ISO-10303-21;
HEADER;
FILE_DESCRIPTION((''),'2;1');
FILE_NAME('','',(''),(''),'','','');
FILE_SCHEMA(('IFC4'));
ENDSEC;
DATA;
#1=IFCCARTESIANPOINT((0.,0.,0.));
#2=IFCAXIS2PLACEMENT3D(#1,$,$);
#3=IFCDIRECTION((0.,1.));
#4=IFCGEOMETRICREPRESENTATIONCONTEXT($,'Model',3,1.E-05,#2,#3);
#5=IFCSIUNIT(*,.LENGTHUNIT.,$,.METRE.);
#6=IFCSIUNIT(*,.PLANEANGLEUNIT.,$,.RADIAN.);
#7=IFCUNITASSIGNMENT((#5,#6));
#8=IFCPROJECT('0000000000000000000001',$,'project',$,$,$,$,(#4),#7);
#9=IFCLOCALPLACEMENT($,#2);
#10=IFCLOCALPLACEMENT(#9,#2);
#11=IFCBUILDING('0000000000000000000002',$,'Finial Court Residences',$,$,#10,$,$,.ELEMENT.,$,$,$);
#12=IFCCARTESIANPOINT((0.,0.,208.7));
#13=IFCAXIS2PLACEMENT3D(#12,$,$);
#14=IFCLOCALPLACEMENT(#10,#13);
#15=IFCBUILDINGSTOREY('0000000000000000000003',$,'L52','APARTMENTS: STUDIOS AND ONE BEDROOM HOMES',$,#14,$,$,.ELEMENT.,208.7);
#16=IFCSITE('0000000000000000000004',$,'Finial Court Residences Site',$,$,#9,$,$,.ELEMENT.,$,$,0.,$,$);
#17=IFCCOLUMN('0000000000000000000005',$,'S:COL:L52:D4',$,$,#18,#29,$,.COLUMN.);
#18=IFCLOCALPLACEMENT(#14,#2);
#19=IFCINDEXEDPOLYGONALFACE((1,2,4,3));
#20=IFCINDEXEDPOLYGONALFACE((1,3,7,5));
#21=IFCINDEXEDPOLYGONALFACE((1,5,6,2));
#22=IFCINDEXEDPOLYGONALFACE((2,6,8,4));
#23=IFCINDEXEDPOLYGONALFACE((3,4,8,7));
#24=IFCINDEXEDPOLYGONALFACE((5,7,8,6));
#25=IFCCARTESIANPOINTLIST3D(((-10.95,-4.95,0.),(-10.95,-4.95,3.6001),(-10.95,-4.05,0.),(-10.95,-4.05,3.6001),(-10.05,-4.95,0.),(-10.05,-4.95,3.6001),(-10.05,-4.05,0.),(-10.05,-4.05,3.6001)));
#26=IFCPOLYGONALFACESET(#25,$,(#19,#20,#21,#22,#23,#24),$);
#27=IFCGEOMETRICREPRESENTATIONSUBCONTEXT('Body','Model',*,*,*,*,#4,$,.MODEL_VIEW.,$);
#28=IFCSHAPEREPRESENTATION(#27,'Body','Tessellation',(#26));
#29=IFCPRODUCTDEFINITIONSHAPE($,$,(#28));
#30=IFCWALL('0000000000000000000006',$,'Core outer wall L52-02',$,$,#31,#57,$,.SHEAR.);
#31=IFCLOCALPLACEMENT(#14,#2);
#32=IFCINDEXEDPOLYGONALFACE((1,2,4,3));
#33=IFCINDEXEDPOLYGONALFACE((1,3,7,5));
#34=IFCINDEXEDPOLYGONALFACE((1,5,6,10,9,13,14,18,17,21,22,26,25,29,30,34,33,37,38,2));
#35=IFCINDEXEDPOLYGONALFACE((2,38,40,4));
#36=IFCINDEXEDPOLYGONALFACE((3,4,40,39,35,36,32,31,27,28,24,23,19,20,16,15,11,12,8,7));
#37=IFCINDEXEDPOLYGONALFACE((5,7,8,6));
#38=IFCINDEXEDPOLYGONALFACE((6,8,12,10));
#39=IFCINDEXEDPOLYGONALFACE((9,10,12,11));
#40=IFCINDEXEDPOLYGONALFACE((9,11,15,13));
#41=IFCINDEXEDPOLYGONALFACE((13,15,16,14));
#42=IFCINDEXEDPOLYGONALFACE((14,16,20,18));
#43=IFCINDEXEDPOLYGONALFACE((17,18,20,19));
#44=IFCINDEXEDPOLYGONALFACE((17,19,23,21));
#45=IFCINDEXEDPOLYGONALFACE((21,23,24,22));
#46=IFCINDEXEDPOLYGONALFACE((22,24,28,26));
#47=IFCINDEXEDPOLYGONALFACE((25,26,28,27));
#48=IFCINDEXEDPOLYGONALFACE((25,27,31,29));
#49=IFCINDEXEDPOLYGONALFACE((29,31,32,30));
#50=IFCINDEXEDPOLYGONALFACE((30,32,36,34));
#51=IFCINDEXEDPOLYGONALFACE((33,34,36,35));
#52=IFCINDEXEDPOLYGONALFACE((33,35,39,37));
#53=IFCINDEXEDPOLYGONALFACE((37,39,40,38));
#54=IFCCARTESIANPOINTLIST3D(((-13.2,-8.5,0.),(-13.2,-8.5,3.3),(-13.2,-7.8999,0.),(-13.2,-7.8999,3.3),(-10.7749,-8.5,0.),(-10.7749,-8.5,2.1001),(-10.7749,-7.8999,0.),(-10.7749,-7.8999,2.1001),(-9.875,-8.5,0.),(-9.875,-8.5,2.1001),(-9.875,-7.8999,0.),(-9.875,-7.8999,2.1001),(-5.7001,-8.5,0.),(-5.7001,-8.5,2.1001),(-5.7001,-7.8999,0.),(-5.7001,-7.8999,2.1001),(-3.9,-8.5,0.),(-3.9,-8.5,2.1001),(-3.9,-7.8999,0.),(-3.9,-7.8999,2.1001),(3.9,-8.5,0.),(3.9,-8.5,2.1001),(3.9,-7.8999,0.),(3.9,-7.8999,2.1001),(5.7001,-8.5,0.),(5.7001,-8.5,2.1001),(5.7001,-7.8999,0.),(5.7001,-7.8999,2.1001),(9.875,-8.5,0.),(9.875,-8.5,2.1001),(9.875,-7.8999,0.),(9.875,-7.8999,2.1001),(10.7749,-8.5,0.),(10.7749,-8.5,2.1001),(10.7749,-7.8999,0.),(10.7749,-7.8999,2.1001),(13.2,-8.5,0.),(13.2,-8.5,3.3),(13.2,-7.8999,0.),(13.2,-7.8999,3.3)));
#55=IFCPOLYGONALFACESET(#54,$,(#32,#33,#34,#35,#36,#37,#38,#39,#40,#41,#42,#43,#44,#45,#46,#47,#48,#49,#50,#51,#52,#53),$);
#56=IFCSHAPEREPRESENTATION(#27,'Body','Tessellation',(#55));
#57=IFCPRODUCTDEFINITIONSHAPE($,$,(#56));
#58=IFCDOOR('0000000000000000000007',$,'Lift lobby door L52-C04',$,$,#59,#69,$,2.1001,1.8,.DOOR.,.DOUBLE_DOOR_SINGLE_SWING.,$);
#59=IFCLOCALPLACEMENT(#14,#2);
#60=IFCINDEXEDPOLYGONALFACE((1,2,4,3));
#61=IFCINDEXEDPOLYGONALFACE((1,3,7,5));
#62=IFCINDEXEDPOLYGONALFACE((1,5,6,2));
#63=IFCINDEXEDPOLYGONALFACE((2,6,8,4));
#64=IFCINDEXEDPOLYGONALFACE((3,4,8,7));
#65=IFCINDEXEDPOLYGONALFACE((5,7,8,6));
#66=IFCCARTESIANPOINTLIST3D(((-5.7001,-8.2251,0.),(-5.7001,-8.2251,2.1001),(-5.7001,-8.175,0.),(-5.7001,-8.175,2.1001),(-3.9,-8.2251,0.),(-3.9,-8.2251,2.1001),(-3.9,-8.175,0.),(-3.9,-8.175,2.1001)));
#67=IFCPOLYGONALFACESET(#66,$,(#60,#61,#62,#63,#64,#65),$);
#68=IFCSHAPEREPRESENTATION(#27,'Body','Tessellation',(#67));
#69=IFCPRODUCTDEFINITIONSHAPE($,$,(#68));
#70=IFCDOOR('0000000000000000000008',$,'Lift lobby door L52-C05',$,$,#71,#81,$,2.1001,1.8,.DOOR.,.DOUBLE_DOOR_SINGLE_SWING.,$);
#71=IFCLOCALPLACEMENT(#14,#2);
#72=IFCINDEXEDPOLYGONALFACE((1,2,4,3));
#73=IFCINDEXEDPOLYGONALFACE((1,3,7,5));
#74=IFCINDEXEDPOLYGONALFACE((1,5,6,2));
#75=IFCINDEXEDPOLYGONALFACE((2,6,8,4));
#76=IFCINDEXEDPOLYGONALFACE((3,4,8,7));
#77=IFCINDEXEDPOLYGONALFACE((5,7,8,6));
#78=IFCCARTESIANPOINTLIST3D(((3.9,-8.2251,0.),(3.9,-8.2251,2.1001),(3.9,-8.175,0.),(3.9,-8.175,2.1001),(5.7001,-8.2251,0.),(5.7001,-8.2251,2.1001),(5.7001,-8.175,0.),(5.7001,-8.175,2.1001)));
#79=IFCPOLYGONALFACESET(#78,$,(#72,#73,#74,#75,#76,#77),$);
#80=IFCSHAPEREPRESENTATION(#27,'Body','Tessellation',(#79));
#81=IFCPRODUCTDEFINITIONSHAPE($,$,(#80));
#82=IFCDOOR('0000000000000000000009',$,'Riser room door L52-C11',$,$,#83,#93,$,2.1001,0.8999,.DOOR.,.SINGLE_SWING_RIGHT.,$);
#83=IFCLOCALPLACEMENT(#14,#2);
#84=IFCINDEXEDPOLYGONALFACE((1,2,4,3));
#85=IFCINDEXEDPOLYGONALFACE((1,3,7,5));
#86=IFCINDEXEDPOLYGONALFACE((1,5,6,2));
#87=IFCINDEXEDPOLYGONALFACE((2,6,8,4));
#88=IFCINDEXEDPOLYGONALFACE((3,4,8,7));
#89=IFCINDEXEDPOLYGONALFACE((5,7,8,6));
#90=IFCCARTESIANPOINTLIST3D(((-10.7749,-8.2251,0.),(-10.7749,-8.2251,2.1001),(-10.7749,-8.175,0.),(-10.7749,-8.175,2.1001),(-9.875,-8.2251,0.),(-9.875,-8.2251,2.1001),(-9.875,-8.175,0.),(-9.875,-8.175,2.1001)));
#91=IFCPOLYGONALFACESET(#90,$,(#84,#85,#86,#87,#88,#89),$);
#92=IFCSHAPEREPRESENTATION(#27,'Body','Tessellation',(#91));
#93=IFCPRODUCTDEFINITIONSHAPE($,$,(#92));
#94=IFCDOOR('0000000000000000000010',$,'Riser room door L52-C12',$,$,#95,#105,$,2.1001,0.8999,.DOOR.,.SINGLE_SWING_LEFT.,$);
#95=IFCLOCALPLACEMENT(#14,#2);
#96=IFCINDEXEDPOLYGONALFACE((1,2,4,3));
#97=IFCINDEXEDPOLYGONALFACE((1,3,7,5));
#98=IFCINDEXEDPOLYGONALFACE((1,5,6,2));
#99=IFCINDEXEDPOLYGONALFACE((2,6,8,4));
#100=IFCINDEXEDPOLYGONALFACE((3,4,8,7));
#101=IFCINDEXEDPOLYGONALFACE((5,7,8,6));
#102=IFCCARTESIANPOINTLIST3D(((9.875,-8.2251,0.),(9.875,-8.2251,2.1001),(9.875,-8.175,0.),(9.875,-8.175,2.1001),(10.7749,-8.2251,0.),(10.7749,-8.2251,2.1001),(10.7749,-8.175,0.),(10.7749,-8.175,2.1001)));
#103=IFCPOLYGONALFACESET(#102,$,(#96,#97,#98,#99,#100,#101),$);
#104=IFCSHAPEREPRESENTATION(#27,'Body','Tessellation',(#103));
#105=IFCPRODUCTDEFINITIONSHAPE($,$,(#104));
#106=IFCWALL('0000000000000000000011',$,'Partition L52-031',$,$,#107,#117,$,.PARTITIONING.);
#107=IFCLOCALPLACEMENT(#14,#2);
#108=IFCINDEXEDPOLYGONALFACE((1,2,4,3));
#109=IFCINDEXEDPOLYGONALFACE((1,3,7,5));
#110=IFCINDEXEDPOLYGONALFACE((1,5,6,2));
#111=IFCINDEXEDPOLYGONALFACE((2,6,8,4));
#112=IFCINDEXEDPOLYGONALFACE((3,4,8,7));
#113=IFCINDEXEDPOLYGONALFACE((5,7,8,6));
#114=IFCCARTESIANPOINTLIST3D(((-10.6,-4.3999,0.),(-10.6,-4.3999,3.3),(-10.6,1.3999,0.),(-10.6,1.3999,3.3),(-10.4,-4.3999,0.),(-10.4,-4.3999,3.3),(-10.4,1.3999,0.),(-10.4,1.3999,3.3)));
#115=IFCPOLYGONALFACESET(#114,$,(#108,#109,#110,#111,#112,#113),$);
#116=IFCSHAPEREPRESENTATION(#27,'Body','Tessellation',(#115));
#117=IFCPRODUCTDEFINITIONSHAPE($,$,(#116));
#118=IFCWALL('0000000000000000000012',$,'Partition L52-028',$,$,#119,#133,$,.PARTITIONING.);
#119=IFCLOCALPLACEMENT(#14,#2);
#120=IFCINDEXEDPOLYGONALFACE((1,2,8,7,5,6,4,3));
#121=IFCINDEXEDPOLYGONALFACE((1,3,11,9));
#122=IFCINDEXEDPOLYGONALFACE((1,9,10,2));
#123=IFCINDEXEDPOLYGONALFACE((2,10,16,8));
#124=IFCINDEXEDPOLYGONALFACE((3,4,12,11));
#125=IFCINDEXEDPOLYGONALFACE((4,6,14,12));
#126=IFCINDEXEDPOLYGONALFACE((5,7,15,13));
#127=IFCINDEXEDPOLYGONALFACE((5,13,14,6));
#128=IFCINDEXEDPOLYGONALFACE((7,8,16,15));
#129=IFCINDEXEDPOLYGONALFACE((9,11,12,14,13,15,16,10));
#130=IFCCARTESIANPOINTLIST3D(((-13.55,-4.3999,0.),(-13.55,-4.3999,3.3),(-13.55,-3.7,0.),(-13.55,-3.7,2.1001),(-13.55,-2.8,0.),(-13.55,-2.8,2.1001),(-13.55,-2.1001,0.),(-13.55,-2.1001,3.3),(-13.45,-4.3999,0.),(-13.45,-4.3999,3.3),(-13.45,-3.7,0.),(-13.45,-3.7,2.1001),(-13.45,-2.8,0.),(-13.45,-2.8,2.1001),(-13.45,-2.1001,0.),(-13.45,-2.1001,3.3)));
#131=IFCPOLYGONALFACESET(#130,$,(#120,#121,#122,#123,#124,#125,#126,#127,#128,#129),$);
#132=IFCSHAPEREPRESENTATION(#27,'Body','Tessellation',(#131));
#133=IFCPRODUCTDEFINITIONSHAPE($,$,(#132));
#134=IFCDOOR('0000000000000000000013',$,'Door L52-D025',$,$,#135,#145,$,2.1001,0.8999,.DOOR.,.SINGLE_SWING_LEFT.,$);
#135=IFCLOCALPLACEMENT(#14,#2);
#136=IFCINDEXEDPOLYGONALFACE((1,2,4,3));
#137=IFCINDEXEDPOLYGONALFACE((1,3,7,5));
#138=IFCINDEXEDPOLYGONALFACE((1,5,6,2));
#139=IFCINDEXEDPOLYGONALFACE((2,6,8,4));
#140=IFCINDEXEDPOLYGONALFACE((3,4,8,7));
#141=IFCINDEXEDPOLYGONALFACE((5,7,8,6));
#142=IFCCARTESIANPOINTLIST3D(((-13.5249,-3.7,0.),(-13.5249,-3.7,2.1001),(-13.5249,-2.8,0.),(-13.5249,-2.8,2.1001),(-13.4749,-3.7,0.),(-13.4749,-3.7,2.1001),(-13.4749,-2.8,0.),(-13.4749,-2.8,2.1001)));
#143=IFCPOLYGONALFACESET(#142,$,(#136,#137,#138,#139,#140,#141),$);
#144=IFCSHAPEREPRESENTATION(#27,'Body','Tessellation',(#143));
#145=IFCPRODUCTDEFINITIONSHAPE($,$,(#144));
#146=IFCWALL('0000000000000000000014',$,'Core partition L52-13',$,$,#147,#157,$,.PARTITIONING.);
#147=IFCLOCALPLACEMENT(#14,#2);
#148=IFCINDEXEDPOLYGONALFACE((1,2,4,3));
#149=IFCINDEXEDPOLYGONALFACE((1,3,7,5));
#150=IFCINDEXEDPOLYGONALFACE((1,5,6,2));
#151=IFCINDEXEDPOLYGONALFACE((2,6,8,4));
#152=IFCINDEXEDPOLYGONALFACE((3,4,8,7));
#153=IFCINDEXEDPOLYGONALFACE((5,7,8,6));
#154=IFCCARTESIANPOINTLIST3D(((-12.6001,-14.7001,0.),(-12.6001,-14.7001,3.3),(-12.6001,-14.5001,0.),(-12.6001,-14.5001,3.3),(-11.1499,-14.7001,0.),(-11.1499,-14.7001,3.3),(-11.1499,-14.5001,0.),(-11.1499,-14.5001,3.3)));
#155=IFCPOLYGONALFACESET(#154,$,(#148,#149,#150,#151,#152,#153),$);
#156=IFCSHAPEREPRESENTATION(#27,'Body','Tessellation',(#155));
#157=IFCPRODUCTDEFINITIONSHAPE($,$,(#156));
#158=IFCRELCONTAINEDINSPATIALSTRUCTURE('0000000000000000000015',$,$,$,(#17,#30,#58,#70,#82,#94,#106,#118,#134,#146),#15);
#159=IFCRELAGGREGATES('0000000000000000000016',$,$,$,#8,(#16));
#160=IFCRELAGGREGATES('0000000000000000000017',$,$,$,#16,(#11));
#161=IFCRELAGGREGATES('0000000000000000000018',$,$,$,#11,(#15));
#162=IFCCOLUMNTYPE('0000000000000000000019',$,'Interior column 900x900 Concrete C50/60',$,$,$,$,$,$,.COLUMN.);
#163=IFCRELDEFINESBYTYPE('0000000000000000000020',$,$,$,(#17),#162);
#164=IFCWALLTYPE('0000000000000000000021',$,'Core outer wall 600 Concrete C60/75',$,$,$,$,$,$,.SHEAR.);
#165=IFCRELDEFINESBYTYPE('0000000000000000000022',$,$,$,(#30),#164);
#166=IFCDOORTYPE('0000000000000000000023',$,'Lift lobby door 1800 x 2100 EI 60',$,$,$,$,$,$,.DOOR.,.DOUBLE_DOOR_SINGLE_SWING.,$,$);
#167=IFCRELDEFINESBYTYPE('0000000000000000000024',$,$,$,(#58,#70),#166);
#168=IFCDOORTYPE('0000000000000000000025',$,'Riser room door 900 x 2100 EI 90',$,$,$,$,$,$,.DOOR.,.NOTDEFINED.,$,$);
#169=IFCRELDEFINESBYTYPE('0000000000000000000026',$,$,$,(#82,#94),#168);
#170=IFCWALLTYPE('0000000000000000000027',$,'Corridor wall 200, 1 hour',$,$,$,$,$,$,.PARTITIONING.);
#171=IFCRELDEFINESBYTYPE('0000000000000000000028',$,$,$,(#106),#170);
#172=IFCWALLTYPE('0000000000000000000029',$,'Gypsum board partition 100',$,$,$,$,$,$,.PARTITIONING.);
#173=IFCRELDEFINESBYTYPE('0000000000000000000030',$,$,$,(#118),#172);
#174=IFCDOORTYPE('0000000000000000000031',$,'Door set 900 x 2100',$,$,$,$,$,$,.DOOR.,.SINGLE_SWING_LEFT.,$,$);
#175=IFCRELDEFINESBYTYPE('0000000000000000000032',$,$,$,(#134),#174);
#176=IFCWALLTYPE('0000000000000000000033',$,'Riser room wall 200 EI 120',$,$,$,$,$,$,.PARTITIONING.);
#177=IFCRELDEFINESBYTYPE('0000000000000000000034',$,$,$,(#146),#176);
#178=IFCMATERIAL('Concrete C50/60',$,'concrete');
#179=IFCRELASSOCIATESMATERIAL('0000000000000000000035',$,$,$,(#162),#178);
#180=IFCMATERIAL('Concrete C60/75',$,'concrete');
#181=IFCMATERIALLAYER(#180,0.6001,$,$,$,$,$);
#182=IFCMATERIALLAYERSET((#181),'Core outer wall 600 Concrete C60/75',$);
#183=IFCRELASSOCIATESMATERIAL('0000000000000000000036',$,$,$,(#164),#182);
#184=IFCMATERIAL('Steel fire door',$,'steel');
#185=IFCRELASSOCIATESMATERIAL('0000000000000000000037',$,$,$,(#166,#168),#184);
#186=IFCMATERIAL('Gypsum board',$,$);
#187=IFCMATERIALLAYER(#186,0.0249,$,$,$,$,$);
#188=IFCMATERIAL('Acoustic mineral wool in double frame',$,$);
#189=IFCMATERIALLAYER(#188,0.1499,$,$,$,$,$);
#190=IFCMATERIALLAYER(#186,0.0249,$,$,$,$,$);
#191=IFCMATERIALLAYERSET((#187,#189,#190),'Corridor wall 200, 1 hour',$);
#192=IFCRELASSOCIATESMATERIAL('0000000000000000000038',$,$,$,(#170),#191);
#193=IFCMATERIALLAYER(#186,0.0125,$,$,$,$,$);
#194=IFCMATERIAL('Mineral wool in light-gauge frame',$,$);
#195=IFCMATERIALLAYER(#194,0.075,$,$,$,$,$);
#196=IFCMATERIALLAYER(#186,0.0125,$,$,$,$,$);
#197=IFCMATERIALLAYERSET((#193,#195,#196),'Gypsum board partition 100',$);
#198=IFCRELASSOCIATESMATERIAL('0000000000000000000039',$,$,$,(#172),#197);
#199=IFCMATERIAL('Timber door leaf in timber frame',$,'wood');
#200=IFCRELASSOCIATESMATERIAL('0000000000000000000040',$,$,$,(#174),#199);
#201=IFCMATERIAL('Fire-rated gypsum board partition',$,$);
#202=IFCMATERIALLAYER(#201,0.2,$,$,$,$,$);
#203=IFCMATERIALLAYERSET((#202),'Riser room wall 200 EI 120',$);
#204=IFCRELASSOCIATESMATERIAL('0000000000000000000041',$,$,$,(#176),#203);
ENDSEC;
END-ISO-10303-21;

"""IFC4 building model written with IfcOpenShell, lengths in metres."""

from ifc_helpers import new_model, si_unit, direction, frame, frame_2d, origin, origin_2d, place, context, subcontext, project, spatial, rectangle, extrude, material, layer, layer_set, material_profile, profile_set, type_object, element, fill, save


model = new_model("IFC4")

# Units and contexts
model_context = context("Model", 3, precision=1e-05, world=origin(), true_north=direction((0.0, 1.0)))
body_context = subcontext(model_context, "Body", "Model", "MODEL_VIEW")
ifc_project = project(units=[si_unit("LENGTHUNIT", "METRE"), si_unit("PLANEANGLEUNIT", "RADIAN")], contexts=[model_context])

# Site, building, storey
site_placement = place(None, origin())
site = spatial("IfcSite", under=ifc_project, at=site_placement, Name="Finial Court Residences Site", CompositionType="ELEMENT", RefElevation=0.0)
building_placement = place(site_placement, origin())
building = spatial("IfcBuilding", under=site, at=building_placement, Name="Finial Court Residences", CompositionType="ELEMENT")
storey_placement = place(building_placement, frame((0.0, 0.0, 208.7)))
storey = spatial("IfcBuildingStorey", under=building, at=storey_placement, Name="L52", Description="APARTMENTS: STUDIOS AND ONE BEDROOM HOMES", CompositionType="ELEMENT", Elevation=208.7)

# Column
ifc_material_1 = material(Name="Concrete C50/60", Category="concrete")
ifc_material_profile = material_profile(ifc_material_1, rectangle(XDim=0.8999, YDim=0.8999, at=origin_2d()), Name="900x900")
ifc_profile_set = profile_set([ifc_material_profile], Name="Concrete C50/60")
column_type = type_object("IfcColumnType", Name="Interior column 900x900 Concrete C50/60", PredefinedType="COLUMN", material=ifc_profile_set)
column_placement = place(storey_placement, frame((-10.5, -4.5, 0.0), z_axis=(0.0, 0.0, 1.0), x_axis=(1.0, 0.0, 0.0)))
element("IfcColumn", 1, at=column_placement, inside=storey, type_object=column_type, Name="S:COL:L52:D4", PredefinedType="COLUMN", context=body_context, shape_type="SweptSolid", body=[
    extrude(rectangle(XDim=0.8999, YDim=0.8999, at=origin_2d()), origin(), (0.0, 0.0, 1.0), 3.6001),
])

# Wall, openings, doors
ifc_material_2 = material(Name="Concrete C60/75", Category="concrete")
ifc_layer_1 = layer(ifc_material_2, 0.6001)
ifc_layer_set_1 = layer_set([ifc_layer_1], Name="Core outer wall 600 Concrete C60/75")
wall_type_1 = type_object("IfcWallType", Name="Core outer wall 600 Concrete C60/75", PredefinedType="SHEAR", material=ifc_layer_set_1)
wall_1_placement = place(storey_placement, frame((-13.2, -8.2, 0.0), z_axis=(0.0, 0.0, 1.0), x_axis=(1.0, 0.0, 0.0)))
wall_1 = element("IfcWall", 2, at=wall_1_placement, inside=storey, type_object=wall_type_1, Name="Core outer wall L52-02", PredefinedType="SHEAR", context=body_context, shape_type="SweptSolid", body=[
    extrude(rectangle(XDim=26.3999, YDim=0.6001, at=frame_2d((13.2, 0.0))), origin(), (0.0, 0.0, 1.0), 3.3),
])
opening_1_placement = place(wall_1_placement, frame((7.5, 0.0, 0.0)))
opening_1 = element("IfcOpeningElement", 3, at=opening_1_placement, cuts=wall_1, PredefinedType="OPENING", context=body_context, shape_type="SweptSolid", body=[
    extrude(rectangle(XDim=1.8, YDim=2.1001, at=frame_2d((0.8999, 1.05))), frame((0.0, 0.3101, 0.0), z_axis=(0.0, -1.0, 0.0), x_axis=(1.0, 0.0, 0.0)), (0.0, 0.0, 1.0), 0.6201),
])
opening_2_placement = place(wall_1_placement, frame((17.1001, 0.0, 0.0)))
opening_2 = element("IfcOpeningElement", 4, at=opening_2_placement, cuts=wall_1, PredefinedType="OPENING", context=body_context, shape_type="SweptSolid", body=[
    extrude(rectangle(XDim=1.8, YDim=2.1001, at=frame_2d((0.8999, 1.05))), frame((0.0, 0.3101, 0.0), z_axis=(0.0, -1.0, 0.0), x_axis=(1.0, 0.0, 0.0)), (0.0, 0.0, 1.0), 0.6201),
])
opening_3_placement = place(wall_1_placement, frame((2.425, 0.0, 0.0)))
opening_3 = element("IfcOpeningElement", 5, at=opening_3_placement, cuts=wall_1, PredefinedType="OPENING", context=body_context, shape_type="SweptSolid", body=[
    extrude(rectangle(XDim=0.8999, YDim=2.1001, at=frame_2d((0.45, 1.05))), frame((0.0, 0.3101, 0.0), z_axis=(0.0, -1.0, 0.0), x_axis=(1.0, 0.0, 0.0)), (0.0, 0.0, 1.0), 0.6201),
])
opening_4_placement = place(wall_1_placement, frame((23.075, 0.0, 0.0)))
opening_4 = element("IfcOpeningElement", 6, at=opening_4_placement, cuts=wall_1, PredefinedType="OPENING", context=body_context, shape_type="SweptSolid", body=[
    extrude(rectangle(XDim=0.8999, YDim=2.1001, at=frame_2d((0.45, 1.05))), frame((0.0, 0.3101, 0.0), z_axis=(0.0, -1.0, 0.0), x_axis=(1.0, 0.0, 0.0)), (0.0, 0.0, 1.0), 0.6201),
])
ifc_material_3 = material(Name="Steel fire door", Category="steel")
door_type_1 = type_object("IfcDoorType", Name="Lift lobby door 1800 x 2100 EI 60", OperationType="DOUBLE_DOOR_SINGLE_SWING", PredefinedType="DOOR", material=ifc_material_3)
door_1_placement = place(opening_1_placement, origin())
door_1 = element("IfcDoor", 7, at=door_1_placement, inside=storey, type_object=door_type_1, Name="Lift lobby door L52-C04", OperationType="DOUBLE_DOOR_SINGLE_SWING", OverallHeight=2.1001, OverallWidth=1.8, PredefinedType="DOOR", context=body_context, shape_type="SweptSolid", body=[
    extrude(rectangle(XDim=1.8, YDim=2.1001, at=frame_2d((0.8999, 1.05))), frame((0.0, 0.0249, 0.0), z_axis=(0.0, -1.0, 0.0), x_axis=(1.0, 0.0, 0.0)), (0.0, 0.0, 1.0), 0.05),
])
fill(opening_1, door_1)
door_2_placement = place(opening_2_placement, origin())
door_2 = element("IfcDoor", 8, at=door_2_placement, inside=storey, type_object=door_type_1, Name="Lift lobby door L52-C05", OperationType="DOUBLE_DOOR_SINGLE_SWING", OverallHeight=2.1001, OverallWidth=1.8, PredefinedType="DOOR", context=body_context, shape_type="SweptSolid", body=[
    extrude(rectangle(XDim=1.8, YDim=2.1001, at=frame_2d((0.8999, 1.05))), frame((0.0, 0.0249, 0.0), z_axis=(0.0, -1.0, 0.0), x_axis=(1.0, 0.0, 0.0)), (0.0, 0.0, 1.0), 0.05),
])
fill(opening_2, door_2)
door_type_2 = type_object("IfcDoorType", Name="Riser room door 900 x 2100 EI 90", OperationType="NOTDEFINED", PredefinedType="DOOR", material=ifc_material_3)
door_3_placement = place(opening_3_placement, origin())
door_3 = element("IfcDoor", 9, at=door_3_placement, inside=storey, type_object=door_type_2, Name="Riser room door L52-C11", OperationType="SINGLE_SWING_RIGHT", OverallHeight=2.1001, OverallWidth=0.8999, PredefinedType="DOOR", context=body_context, shape_type="SweptSolid", body=[
    extrude(rectangle(XDim=0.8999, YDim=2.1001, at=frame_2d((0.45, 1.05))), frame((0.0, 0.0249, 0.0), z_axis=(0.0, -1.0, 0.0), x_axis=(1.0, 0.0, 0.0)), (0.0, 0.0, 1.0), 0.05),
])
fill(opening_3, door_3)
door_4_placement = place(opening_4_placement, origin())
door_4 = element("IfcDoor", 10, at=door_4_placement, inside=storey, type_object=door_type_2, Name="Riser room door L52-C12", OperationType="SINGLE_SWING_LEFT", OverallHeight=2.1001, OverallWidth=0.8999, PredefinedType="DOOR", context=body_context, shape_type="SweptSolid", body=[
    extrude(rectangle(XDim=0.8999, YDim=2.1001, at=frame_2d((0.45, 1.05))), frame((0.0, 0.0249, 0.0), z_axis=(0.0, -1.0, 0.0), x_axis=(1.0, 0.0, 0.0)), (0.0, 0.0, 1.0), 0.05),
])
fill(opening_4, door_4)

# Wall
ifc_material_4 = material(Name="Gypsum board")
ifc_layer_2 = layer(ifc_material_4, 0.0249)
ifc_material_5 = material(Name="Acoustic mineral wool in double frame")
ifc_layer_3 = layer(ifc_material_5, 0.1499)
ifc_layer_4 = layer(ifc_material_4, 0.0249)
ifc_layer_set_2 = layer_set([ifc_layer_2, ifc_layer_3, ifc_layer_4], Name="Corridor wall 200, 1 hour")
wall_type_2 = type_object("IfcWallType", Name="Corridor wall 200, 1 hour", PredefinedType="PARTITIONING", material=ifc_layer_set_2)
wall_2_placement = place(storey_placement, frame((-10.5, -4.3999, 0.0), z_axis=(0.0, 0.0, 1.0), x_axis=(0.0, 1.0, 0.0)))
element("IfcWall", 11, at=wall_2_placement, inside=storey, type_object=wall_type_2, Name="Partition L52-031", PredefinedType="PARTITIONING", context=body_context, shape_type="SweptSolid", body=[
    extrude(rectangle(XDim=5.7998, YDim=0.2, at=frame_2d((2.8999, 0.0))), origin(), (0.0, 0.0, 1.0), 3.3),
])

# Wall, opening, door
ifc_layer_5 = layer(ifc_material_4, 0.0125)
ifc_material_6 = material(Name="Mineral wool in light-gauge frame")
ifc_layer_6 = layer(ifc_material_6, 0.075)
ifc_layer_7 = layer(ifc_material_4, 0.0125)
ifc_layer_set_3 = layer_set([ifc_layer_5, ifc_layer_6, ifc_layer_7], Name="Gypsum board partition 100")
wall_type_3 = type_object("IfcWallType", Name="Gypsum board partition 100", PredefinedType="PARTITIONING", material=ifc_layer_set_3)
wall_3_placement = place(storey_placement, frame((-13.5, -4.3999, 0.0), z_axis=(0.0, 0.0, 1.0), x_axis=(0.0, 1.0, 0.0)))
wall_3 = element("IfcWall", 12, at=wall_3_placement, inside=storey, type_object=wall_type_3, Name="Partition L52-028", PredefinedType="PARTITIONING", context=body_context, shape_type="SweptSolid", body=[
    extrude(rectangle(XDim=2.2998, YDim=0.1001, at=frame_2d((1.1499, 0.0))), origin(), (0.0, 0.0, 1.0), 3.3),
])
opening_5_placement = place(wall_3_placement, frame((0.7, 0.0, 0.0)))
opening_5 = element("IfcOpeningElement", 13, at=opening_5_placement, cuts=wall_3, PredefinedType="OPENING", context=body_context, shape_type="SweptSolid", body=[
    extrude(rectangle(XDim=0.8999, YDim=2.1001, at=frame_2d((0.45, 1.05))), frame((0.0, 0.0601, 0.0), z_axis=(0.0, -1.0, 0.0), x_axis=(1.0, 0.0, 0.0)), (0.0, 0.0, 1.0), 0.1201),
])
ifc_material_7 = material(Name="Timber door leaf in timber frame", Category="wood")
door_type_3 = type_object("IfcDoorType", Name="Door set 900 x 2100", OperationType="SINGLE_SWING_LEFT", PredefinedType="DOOR", material=ifc_material_7)
door_5_placement = place(opening_5_placement, origin())
door_5 = element("IfcDoor", 14, at=door_5_placement, inside=storey, type_object=door_type_3, Name="Door L52-D025", OperationType="SINGLE_SWING_LEFT", OverallHeight=2.1001, OverallWidth=0.8999, PredefinedType="DOOR", context=body_context, shape_type="SweptSolid", body=[
    extrude(rectangle(XDim=0.8999, YDim=2.1001, at=frame_2d((0.45, 1.05))), frame((0.0, 0.0249, 0.0), z_axis=(0.0, -1.0, 0.0), x_axis=(1.0, 0.0, 0.0)), (0.0, 0.0, 1.0), 0.05),
])
fill(opening_5, door_5)

# Wall
ifc_material_8 = material(Name="Fire-rated gypsum board partition")
ifc_layer_8 = layer(ifc_material_8, 0.2)
ifc_layer_set_4 = layer_set([ifc_layer_8], Name="Riser room wall 200 EI 120")
wall_type_4 = type_object("IfcWallType", Name="Riser room wall 200 EI 120", PredefinedType="PARTITIONING", material=ifc_layer_set_4)
wall_4_placement = place(storey_placement, frame((-12.6001, -14.6001, 0.0), z_axis=(0.0, 0.0, 1.0), x_axis=(1.0, 0.0, 0.0)))
element("IfcWall", 15, at=wall_4_placement, inside=storey, type_object=wall_type_4, Name="Core partition L52-13", PredefinedType="PARTITIONING", context=body_context, shape_type="SweptSolid", body=[
    extrude(rectangle(XDim=1.4502, YDim=0.2, at=frame_2d((0.7251, 0.0))), origin(), (0.0, 0.0, 1.0), 3.3),
])

save(model, "model.ifc")
